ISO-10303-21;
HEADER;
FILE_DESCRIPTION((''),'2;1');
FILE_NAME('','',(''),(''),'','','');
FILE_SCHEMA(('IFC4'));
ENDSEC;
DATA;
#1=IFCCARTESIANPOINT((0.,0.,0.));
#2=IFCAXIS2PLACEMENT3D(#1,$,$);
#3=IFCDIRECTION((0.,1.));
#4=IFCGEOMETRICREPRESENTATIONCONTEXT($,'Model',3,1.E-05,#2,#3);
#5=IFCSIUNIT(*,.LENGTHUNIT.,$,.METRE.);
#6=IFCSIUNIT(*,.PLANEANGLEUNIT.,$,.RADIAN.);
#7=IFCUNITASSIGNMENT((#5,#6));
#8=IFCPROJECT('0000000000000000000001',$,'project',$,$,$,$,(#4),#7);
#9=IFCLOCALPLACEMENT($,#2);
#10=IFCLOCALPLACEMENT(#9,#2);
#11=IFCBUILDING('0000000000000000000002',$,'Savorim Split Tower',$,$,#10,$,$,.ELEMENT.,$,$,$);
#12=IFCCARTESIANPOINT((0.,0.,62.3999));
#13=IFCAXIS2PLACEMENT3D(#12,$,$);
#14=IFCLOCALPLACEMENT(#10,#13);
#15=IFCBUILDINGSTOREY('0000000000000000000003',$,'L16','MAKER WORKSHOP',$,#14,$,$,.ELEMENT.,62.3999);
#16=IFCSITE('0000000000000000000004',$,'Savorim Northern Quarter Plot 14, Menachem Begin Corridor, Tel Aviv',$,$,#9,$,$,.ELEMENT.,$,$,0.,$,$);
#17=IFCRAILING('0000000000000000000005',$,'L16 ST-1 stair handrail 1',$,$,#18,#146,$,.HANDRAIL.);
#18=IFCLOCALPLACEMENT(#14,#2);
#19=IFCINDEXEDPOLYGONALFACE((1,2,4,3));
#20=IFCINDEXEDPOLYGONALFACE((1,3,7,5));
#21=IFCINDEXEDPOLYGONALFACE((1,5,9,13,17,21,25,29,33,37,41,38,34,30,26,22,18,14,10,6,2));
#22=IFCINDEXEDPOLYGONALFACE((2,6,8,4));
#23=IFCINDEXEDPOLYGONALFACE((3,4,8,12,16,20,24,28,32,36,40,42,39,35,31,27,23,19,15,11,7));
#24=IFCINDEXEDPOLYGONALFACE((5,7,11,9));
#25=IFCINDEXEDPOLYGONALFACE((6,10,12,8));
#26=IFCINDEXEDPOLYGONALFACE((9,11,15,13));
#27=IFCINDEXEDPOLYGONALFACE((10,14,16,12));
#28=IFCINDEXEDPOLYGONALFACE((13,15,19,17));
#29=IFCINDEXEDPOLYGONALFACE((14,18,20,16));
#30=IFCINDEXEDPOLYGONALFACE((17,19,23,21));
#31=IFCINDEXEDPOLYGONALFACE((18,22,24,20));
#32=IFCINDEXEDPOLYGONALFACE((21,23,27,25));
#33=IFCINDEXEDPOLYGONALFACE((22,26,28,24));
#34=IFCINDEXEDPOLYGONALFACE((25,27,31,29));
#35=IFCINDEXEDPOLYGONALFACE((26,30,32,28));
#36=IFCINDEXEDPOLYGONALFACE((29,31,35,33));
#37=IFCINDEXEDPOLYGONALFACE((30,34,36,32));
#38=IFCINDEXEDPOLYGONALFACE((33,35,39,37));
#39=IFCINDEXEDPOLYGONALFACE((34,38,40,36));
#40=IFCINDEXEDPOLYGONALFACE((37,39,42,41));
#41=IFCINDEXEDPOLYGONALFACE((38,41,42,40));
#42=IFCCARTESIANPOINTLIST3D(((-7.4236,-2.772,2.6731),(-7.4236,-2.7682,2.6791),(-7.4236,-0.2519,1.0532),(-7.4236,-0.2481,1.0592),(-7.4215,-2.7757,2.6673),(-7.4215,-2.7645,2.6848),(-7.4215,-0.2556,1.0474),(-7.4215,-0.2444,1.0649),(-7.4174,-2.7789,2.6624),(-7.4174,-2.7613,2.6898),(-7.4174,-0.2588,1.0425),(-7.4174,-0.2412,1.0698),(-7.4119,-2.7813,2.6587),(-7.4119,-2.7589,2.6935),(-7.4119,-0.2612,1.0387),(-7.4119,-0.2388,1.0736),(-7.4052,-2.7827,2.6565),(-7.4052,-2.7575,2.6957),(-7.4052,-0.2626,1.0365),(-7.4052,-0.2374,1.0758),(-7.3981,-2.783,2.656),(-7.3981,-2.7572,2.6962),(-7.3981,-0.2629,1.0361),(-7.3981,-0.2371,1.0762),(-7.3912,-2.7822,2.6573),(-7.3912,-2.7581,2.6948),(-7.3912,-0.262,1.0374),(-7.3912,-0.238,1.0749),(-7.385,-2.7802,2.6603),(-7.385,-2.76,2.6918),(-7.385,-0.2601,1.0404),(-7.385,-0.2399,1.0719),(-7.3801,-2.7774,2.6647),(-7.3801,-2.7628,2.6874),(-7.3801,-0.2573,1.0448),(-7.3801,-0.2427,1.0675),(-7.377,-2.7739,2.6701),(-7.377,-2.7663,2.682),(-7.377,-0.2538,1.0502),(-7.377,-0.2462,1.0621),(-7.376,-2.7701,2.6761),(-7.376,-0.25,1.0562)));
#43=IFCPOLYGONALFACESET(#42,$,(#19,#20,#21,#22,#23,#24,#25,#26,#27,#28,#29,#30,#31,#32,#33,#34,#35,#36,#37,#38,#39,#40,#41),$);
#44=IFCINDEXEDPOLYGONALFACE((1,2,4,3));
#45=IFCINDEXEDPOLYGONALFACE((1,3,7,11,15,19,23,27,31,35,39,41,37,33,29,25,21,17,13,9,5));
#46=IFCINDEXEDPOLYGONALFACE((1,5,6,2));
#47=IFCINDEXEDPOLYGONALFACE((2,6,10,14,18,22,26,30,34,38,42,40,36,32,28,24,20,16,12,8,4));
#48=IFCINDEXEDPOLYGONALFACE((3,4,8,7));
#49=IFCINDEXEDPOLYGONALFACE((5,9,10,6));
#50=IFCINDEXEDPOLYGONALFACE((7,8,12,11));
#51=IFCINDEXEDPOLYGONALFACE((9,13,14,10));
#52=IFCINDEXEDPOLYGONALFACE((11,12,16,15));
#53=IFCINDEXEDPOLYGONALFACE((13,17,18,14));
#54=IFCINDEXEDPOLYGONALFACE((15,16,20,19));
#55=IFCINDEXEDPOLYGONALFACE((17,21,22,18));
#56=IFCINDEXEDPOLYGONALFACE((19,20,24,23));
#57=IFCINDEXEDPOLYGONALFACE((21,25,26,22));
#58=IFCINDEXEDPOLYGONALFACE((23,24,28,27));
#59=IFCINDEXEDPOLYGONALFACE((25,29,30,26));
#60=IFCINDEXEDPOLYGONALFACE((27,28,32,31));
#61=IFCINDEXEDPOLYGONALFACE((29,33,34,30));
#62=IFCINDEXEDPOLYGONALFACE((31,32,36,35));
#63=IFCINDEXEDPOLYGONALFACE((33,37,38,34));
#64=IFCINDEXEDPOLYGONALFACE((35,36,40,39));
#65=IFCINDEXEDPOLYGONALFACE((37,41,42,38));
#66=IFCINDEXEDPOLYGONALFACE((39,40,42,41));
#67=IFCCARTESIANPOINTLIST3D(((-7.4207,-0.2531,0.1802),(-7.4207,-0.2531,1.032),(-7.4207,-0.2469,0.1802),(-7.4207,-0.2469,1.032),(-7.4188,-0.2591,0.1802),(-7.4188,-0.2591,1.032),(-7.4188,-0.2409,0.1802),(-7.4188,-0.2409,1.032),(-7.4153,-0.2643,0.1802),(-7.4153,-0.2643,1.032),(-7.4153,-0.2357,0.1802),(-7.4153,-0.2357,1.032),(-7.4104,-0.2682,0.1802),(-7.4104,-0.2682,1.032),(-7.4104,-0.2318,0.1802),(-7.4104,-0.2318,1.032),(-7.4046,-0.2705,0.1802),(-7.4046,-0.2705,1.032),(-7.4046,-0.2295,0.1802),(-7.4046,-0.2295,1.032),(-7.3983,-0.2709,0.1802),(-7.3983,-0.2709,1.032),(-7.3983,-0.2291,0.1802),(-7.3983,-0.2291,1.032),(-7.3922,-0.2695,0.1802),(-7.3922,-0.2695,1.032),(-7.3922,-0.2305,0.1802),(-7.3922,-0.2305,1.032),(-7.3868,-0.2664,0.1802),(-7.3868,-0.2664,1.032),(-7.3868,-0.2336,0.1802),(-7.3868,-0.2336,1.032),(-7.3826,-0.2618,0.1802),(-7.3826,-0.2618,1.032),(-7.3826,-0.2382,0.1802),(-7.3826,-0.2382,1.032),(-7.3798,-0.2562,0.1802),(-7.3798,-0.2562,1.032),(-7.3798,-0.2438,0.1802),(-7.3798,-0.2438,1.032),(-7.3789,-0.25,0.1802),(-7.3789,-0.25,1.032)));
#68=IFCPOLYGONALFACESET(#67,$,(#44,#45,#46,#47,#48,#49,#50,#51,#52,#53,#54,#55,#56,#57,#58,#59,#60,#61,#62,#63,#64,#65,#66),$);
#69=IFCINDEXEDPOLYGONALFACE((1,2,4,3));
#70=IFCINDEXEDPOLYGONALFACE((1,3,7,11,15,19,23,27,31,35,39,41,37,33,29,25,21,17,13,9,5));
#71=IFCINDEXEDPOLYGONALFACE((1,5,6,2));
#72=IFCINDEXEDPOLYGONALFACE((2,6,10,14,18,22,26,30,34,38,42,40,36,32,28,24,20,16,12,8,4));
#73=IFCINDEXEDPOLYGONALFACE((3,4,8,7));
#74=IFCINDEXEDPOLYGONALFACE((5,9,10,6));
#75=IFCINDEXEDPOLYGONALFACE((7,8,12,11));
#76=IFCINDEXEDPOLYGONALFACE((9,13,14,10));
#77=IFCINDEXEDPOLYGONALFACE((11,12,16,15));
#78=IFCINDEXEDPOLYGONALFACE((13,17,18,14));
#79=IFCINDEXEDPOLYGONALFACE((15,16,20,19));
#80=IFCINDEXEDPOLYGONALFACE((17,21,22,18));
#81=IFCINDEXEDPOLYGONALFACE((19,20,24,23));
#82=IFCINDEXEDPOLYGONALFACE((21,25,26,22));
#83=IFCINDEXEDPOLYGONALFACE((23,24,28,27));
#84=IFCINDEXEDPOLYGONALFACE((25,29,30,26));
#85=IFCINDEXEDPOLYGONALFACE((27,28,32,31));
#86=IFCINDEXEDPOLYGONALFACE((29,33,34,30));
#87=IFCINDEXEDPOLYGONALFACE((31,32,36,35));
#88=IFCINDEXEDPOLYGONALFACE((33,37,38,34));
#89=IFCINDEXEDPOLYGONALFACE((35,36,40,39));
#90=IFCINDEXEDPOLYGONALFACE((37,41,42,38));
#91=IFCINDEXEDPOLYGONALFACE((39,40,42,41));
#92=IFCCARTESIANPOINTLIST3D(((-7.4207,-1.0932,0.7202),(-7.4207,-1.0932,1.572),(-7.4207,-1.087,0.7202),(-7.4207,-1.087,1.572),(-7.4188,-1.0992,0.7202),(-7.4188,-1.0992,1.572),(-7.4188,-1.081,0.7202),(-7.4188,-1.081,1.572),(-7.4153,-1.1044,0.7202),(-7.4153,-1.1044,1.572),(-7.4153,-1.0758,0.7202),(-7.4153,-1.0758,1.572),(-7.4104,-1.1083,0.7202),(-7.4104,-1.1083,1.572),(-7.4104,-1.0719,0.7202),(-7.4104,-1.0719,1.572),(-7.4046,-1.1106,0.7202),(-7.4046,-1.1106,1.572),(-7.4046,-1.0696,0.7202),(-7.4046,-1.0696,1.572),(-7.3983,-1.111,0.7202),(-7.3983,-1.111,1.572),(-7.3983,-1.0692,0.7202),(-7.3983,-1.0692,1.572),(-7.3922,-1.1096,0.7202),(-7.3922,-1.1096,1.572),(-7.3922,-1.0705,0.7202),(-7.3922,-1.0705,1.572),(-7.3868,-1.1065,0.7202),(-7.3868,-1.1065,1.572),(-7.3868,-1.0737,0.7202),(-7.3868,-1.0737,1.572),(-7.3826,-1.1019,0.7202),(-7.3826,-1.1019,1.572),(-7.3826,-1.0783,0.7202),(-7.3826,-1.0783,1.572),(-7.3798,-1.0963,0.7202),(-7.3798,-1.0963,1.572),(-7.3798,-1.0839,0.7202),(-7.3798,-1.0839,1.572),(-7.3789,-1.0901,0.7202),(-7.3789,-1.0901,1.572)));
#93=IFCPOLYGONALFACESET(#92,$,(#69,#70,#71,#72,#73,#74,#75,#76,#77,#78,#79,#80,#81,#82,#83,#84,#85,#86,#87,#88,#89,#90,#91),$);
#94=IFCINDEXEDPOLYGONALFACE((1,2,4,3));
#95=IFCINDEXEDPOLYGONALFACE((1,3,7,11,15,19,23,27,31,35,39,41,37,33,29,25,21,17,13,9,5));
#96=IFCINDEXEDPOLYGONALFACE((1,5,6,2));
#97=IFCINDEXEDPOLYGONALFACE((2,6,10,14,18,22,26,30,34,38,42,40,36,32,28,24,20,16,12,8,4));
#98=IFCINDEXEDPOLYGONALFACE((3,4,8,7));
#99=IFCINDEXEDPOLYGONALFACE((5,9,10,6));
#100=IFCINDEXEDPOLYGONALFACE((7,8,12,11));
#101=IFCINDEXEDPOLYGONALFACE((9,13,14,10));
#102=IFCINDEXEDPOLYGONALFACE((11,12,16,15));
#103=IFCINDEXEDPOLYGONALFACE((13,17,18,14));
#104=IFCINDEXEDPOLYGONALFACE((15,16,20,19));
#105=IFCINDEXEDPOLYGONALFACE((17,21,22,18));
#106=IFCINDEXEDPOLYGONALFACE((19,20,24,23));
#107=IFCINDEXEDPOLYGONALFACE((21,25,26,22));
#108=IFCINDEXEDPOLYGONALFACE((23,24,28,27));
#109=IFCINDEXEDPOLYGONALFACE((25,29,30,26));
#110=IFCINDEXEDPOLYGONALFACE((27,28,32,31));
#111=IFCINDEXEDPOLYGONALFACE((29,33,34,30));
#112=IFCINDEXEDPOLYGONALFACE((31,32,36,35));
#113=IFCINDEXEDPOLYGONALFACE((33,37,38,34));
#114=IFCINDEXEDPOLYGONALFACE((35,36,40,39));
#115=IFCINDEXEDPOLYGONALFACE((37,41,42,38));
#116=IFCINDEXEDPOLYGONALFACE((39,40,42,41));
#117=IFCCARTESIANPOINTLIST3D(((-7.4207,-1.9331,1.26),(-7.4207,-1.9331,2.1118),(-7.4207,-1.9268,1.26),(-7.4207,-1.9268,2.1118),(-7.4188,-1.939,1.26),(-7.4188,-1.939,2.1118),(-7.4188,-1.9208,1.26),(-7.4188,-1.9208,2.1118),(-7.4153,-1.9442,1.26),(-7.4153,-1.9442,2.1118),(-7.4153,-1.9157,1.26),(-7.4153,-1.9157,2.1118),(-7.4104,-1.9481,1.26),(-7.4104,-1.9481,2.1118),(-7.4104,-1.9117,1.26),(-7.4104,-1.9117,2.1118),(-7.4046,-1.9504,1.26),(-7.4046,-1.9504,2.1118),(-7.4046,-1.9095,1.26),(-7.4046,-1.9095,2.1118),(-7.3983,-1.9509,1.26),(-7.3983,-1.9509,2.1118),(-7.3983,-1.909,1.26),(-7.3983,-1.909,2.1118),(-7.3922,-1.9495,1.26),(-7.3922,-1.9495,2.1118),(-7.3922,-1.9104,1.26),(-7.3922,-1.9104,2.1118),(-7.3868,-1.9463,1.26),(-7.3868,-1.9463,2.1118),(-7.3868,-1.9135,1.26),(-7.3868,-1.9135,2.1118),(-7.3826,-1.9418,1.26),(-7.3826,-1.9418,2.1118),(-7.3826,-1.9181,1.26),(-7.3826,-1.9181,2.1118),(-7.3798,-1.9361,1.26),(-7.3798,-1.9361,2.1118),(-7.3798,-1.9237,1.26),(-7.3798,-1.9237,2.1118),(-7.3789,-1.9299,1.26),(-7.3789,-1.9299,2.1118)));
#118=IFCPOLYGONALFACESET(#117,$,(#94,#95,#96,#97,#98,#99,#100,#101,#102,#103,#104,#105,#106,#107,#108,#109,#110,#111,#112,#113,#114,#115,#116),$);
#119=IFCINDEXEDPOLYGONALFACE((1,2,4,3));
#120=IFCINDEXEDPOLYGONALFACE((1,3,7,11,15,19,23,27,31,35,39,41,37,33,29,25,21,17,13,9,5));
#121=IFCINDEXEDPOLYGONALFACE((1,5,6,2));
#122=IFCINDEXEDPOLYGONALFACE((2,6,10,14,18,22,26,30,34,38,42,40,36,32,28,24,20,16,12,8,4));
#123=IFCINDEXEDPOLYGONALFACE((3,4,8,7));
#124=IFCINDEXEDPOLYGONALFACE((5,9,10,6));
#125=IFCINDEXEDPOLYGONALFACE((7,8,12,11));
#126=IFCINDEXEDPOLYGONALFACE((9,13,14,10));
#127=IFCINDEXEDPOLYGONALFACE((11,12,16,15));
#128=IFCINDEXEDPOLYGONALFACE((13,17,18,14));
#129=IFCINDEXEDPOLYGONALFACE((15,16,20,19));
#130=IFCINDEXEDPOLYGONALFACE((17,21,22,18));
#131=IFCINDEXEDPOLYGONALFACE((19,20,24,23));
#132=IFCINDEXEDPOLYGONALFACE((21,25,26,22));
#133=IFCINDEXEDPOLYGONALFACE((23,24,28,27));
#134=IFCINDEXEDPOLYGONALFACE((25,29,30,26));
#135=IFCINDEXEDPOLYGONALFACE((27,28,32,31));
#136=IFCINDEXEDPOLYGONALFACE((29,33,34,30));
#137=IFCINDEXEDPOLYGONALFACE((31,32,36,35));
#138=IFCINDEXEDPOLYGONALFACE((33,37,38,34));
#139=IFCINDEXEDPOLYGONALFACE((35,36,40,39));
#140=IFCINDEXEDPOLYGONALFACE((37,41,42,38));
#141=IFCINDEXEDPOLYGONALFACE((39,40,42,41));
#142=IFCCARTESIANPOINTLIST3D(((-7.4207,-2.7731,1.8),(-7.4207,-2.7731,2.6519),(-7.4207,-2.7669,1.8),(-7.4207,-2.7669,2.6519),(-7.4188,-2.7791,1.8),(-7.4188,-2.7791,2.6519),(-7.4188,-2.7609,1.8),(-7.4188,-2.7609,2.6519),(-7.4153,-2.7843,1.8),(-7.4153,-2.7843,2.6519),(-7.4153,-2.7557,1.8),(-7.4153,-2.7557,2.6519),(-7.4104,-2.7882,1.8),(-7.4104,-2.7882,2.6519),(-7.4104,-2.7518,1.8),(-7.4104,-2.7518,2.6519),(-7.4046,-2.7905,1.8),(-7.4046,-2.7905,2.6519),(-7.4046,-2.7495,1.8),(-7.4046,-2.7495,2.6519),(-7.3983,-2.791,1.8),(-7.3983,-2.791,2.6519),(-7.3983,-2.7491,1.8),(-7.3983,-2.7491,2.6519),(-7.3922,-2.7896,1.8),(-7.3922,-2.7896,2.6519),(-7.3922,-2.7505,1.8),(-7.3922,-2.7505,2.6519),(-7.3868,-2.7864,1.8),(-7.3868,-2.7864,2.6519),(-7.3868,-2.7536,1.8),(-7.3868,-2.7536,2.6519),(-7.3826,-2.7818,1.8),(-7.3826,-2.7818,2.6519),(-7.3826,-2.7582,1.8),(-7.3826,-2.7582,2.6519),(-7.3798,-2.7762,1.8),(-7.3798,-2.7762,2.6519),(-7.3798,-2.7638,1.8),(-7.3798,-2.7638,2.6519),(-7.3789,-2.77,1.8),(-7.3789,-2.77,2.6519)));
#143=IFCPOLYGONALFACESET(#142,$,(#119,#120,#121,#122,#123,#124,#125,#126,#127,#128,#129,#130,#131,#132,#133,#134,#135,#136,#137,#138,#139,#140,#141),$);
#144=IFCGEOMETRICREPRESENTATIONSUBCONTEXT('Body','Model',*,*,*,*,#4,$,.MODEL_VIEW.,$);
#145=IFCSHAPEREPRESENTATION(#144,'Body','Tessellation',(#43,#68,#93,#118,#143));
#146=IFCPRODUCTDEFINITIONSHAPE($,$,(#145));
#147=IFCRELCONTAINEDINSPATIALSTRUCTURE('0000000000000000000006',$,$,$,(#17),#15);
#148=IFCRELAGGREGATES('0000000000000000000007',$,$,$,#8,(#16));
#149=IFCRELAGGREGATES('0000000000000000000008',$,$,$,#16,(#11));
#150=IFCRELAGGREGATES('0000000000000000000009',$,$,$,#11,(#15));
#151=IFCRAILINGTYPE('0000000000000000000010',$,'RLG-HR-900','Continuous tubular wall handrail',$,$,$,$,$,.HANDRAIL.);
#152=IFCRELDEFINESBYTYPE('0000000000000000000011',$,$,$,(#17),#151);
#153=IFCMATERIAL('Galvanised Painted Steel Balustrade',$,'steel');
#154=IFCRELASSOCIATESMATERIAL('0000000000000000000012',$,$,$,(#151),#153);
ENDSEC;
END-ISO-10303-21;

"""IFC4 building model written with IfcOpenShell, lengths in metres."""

from ifc_helpers import new_model, si_unit, direction, frame, origin, origin_2d, place, context, subcontext, project, spatial, circle, extrude, material, type_object, element, save


model = new_model("IFC4")

# Units and contexts
model_context = context("Model", 3, precision=1e-05, world=origin(), true_north=direction((0.0, 1.0)))
body_context = subcontext(model_context, "Body", "Model", "MODEL_VIEW")
ifc_project = project(units=[si_unit("LENGTHUNIT", "METRE"), si_unit("PLANEANGLEUNIT", "RADIAN")], contexts=[model_context])

# Site, building, storey
site_placement = place(None, origin())
site = spatial("IfcSite", under=ifc_project, at=site_placement, Name="Savorim Northern Quarter Plot 14, Menachem Begin Corridor, Tel Aviv", CompositionType="ELEMENT", RefElevation=0.0)
building_placement = place(site_placement, origin())
building = spatial("IfcBuilding", under=site, at=building_placement, Name="Savorim Split Tower", CompositionType="ELEMENT")
storey_placement = place(building_placement, frame((0.0, 0.0, 62.3999)))
storey = spatial("IfcBuildingStorey", under=building, at=storey_placement, Name="L16", Description="MAKER WORKSHOP", CompositionType="ELEMENT", Elevation=62.3999)

# Railing
ifc_material_1 = material(Name="Galvanised Painted Steel Balustrade", Category="steel")
railing_type_1 = type_object("IfcRailingType", Name="RLG-HR-900", Description="Continuous tubular wall handrail", PredefinedType="HANDRAIL", material=ifc_material_1)
railing_1_placement = place(storey_placement, frame((-7.3999, -0.25, 0.1802)))
element("IfcRailing", 1, at=railing_1_placement, inside=storey, type_object=railing_type_1, Name="L16 ST-1 stair handrail 1", PredefinedType="HANDRAIL", context=body_context, shape_type="SweptSolid", body=[
    extrude(circle(Radius=0.0239, at=origin_2d()), frame((0.0, 0.0, 0.876), z_axis=(0.0, -0.8412, 0.540725), x_axis=(1.0, 0.0, 0.0)), (0.0, 0.0, 1.0), 2.9958),
    extrude(circle(Radius=0.021, at=origin_2d()), origin(), (0.0, 0.0, 1.0), 0.8518),
    extrude(circle(Radius=0.021, at=origin_2d()), frame((0.0, -0.8401, 0.54)), (0.0, 0.0, 1.0), 0.8518),
    extrude(circle(Radius=0.021, at=origin_2d()), frame((0.0, -1.6799, 1.0798)), (0.0, 0.0, 1.0), 0.8518),
    extrude(circle(Radius=0.021, at=origin_2d()), frame((0.0, -2.52, 1.6199)), (0.0, 0.0, 1.0), 0.8518),
])

save(model, "model.ifc")
